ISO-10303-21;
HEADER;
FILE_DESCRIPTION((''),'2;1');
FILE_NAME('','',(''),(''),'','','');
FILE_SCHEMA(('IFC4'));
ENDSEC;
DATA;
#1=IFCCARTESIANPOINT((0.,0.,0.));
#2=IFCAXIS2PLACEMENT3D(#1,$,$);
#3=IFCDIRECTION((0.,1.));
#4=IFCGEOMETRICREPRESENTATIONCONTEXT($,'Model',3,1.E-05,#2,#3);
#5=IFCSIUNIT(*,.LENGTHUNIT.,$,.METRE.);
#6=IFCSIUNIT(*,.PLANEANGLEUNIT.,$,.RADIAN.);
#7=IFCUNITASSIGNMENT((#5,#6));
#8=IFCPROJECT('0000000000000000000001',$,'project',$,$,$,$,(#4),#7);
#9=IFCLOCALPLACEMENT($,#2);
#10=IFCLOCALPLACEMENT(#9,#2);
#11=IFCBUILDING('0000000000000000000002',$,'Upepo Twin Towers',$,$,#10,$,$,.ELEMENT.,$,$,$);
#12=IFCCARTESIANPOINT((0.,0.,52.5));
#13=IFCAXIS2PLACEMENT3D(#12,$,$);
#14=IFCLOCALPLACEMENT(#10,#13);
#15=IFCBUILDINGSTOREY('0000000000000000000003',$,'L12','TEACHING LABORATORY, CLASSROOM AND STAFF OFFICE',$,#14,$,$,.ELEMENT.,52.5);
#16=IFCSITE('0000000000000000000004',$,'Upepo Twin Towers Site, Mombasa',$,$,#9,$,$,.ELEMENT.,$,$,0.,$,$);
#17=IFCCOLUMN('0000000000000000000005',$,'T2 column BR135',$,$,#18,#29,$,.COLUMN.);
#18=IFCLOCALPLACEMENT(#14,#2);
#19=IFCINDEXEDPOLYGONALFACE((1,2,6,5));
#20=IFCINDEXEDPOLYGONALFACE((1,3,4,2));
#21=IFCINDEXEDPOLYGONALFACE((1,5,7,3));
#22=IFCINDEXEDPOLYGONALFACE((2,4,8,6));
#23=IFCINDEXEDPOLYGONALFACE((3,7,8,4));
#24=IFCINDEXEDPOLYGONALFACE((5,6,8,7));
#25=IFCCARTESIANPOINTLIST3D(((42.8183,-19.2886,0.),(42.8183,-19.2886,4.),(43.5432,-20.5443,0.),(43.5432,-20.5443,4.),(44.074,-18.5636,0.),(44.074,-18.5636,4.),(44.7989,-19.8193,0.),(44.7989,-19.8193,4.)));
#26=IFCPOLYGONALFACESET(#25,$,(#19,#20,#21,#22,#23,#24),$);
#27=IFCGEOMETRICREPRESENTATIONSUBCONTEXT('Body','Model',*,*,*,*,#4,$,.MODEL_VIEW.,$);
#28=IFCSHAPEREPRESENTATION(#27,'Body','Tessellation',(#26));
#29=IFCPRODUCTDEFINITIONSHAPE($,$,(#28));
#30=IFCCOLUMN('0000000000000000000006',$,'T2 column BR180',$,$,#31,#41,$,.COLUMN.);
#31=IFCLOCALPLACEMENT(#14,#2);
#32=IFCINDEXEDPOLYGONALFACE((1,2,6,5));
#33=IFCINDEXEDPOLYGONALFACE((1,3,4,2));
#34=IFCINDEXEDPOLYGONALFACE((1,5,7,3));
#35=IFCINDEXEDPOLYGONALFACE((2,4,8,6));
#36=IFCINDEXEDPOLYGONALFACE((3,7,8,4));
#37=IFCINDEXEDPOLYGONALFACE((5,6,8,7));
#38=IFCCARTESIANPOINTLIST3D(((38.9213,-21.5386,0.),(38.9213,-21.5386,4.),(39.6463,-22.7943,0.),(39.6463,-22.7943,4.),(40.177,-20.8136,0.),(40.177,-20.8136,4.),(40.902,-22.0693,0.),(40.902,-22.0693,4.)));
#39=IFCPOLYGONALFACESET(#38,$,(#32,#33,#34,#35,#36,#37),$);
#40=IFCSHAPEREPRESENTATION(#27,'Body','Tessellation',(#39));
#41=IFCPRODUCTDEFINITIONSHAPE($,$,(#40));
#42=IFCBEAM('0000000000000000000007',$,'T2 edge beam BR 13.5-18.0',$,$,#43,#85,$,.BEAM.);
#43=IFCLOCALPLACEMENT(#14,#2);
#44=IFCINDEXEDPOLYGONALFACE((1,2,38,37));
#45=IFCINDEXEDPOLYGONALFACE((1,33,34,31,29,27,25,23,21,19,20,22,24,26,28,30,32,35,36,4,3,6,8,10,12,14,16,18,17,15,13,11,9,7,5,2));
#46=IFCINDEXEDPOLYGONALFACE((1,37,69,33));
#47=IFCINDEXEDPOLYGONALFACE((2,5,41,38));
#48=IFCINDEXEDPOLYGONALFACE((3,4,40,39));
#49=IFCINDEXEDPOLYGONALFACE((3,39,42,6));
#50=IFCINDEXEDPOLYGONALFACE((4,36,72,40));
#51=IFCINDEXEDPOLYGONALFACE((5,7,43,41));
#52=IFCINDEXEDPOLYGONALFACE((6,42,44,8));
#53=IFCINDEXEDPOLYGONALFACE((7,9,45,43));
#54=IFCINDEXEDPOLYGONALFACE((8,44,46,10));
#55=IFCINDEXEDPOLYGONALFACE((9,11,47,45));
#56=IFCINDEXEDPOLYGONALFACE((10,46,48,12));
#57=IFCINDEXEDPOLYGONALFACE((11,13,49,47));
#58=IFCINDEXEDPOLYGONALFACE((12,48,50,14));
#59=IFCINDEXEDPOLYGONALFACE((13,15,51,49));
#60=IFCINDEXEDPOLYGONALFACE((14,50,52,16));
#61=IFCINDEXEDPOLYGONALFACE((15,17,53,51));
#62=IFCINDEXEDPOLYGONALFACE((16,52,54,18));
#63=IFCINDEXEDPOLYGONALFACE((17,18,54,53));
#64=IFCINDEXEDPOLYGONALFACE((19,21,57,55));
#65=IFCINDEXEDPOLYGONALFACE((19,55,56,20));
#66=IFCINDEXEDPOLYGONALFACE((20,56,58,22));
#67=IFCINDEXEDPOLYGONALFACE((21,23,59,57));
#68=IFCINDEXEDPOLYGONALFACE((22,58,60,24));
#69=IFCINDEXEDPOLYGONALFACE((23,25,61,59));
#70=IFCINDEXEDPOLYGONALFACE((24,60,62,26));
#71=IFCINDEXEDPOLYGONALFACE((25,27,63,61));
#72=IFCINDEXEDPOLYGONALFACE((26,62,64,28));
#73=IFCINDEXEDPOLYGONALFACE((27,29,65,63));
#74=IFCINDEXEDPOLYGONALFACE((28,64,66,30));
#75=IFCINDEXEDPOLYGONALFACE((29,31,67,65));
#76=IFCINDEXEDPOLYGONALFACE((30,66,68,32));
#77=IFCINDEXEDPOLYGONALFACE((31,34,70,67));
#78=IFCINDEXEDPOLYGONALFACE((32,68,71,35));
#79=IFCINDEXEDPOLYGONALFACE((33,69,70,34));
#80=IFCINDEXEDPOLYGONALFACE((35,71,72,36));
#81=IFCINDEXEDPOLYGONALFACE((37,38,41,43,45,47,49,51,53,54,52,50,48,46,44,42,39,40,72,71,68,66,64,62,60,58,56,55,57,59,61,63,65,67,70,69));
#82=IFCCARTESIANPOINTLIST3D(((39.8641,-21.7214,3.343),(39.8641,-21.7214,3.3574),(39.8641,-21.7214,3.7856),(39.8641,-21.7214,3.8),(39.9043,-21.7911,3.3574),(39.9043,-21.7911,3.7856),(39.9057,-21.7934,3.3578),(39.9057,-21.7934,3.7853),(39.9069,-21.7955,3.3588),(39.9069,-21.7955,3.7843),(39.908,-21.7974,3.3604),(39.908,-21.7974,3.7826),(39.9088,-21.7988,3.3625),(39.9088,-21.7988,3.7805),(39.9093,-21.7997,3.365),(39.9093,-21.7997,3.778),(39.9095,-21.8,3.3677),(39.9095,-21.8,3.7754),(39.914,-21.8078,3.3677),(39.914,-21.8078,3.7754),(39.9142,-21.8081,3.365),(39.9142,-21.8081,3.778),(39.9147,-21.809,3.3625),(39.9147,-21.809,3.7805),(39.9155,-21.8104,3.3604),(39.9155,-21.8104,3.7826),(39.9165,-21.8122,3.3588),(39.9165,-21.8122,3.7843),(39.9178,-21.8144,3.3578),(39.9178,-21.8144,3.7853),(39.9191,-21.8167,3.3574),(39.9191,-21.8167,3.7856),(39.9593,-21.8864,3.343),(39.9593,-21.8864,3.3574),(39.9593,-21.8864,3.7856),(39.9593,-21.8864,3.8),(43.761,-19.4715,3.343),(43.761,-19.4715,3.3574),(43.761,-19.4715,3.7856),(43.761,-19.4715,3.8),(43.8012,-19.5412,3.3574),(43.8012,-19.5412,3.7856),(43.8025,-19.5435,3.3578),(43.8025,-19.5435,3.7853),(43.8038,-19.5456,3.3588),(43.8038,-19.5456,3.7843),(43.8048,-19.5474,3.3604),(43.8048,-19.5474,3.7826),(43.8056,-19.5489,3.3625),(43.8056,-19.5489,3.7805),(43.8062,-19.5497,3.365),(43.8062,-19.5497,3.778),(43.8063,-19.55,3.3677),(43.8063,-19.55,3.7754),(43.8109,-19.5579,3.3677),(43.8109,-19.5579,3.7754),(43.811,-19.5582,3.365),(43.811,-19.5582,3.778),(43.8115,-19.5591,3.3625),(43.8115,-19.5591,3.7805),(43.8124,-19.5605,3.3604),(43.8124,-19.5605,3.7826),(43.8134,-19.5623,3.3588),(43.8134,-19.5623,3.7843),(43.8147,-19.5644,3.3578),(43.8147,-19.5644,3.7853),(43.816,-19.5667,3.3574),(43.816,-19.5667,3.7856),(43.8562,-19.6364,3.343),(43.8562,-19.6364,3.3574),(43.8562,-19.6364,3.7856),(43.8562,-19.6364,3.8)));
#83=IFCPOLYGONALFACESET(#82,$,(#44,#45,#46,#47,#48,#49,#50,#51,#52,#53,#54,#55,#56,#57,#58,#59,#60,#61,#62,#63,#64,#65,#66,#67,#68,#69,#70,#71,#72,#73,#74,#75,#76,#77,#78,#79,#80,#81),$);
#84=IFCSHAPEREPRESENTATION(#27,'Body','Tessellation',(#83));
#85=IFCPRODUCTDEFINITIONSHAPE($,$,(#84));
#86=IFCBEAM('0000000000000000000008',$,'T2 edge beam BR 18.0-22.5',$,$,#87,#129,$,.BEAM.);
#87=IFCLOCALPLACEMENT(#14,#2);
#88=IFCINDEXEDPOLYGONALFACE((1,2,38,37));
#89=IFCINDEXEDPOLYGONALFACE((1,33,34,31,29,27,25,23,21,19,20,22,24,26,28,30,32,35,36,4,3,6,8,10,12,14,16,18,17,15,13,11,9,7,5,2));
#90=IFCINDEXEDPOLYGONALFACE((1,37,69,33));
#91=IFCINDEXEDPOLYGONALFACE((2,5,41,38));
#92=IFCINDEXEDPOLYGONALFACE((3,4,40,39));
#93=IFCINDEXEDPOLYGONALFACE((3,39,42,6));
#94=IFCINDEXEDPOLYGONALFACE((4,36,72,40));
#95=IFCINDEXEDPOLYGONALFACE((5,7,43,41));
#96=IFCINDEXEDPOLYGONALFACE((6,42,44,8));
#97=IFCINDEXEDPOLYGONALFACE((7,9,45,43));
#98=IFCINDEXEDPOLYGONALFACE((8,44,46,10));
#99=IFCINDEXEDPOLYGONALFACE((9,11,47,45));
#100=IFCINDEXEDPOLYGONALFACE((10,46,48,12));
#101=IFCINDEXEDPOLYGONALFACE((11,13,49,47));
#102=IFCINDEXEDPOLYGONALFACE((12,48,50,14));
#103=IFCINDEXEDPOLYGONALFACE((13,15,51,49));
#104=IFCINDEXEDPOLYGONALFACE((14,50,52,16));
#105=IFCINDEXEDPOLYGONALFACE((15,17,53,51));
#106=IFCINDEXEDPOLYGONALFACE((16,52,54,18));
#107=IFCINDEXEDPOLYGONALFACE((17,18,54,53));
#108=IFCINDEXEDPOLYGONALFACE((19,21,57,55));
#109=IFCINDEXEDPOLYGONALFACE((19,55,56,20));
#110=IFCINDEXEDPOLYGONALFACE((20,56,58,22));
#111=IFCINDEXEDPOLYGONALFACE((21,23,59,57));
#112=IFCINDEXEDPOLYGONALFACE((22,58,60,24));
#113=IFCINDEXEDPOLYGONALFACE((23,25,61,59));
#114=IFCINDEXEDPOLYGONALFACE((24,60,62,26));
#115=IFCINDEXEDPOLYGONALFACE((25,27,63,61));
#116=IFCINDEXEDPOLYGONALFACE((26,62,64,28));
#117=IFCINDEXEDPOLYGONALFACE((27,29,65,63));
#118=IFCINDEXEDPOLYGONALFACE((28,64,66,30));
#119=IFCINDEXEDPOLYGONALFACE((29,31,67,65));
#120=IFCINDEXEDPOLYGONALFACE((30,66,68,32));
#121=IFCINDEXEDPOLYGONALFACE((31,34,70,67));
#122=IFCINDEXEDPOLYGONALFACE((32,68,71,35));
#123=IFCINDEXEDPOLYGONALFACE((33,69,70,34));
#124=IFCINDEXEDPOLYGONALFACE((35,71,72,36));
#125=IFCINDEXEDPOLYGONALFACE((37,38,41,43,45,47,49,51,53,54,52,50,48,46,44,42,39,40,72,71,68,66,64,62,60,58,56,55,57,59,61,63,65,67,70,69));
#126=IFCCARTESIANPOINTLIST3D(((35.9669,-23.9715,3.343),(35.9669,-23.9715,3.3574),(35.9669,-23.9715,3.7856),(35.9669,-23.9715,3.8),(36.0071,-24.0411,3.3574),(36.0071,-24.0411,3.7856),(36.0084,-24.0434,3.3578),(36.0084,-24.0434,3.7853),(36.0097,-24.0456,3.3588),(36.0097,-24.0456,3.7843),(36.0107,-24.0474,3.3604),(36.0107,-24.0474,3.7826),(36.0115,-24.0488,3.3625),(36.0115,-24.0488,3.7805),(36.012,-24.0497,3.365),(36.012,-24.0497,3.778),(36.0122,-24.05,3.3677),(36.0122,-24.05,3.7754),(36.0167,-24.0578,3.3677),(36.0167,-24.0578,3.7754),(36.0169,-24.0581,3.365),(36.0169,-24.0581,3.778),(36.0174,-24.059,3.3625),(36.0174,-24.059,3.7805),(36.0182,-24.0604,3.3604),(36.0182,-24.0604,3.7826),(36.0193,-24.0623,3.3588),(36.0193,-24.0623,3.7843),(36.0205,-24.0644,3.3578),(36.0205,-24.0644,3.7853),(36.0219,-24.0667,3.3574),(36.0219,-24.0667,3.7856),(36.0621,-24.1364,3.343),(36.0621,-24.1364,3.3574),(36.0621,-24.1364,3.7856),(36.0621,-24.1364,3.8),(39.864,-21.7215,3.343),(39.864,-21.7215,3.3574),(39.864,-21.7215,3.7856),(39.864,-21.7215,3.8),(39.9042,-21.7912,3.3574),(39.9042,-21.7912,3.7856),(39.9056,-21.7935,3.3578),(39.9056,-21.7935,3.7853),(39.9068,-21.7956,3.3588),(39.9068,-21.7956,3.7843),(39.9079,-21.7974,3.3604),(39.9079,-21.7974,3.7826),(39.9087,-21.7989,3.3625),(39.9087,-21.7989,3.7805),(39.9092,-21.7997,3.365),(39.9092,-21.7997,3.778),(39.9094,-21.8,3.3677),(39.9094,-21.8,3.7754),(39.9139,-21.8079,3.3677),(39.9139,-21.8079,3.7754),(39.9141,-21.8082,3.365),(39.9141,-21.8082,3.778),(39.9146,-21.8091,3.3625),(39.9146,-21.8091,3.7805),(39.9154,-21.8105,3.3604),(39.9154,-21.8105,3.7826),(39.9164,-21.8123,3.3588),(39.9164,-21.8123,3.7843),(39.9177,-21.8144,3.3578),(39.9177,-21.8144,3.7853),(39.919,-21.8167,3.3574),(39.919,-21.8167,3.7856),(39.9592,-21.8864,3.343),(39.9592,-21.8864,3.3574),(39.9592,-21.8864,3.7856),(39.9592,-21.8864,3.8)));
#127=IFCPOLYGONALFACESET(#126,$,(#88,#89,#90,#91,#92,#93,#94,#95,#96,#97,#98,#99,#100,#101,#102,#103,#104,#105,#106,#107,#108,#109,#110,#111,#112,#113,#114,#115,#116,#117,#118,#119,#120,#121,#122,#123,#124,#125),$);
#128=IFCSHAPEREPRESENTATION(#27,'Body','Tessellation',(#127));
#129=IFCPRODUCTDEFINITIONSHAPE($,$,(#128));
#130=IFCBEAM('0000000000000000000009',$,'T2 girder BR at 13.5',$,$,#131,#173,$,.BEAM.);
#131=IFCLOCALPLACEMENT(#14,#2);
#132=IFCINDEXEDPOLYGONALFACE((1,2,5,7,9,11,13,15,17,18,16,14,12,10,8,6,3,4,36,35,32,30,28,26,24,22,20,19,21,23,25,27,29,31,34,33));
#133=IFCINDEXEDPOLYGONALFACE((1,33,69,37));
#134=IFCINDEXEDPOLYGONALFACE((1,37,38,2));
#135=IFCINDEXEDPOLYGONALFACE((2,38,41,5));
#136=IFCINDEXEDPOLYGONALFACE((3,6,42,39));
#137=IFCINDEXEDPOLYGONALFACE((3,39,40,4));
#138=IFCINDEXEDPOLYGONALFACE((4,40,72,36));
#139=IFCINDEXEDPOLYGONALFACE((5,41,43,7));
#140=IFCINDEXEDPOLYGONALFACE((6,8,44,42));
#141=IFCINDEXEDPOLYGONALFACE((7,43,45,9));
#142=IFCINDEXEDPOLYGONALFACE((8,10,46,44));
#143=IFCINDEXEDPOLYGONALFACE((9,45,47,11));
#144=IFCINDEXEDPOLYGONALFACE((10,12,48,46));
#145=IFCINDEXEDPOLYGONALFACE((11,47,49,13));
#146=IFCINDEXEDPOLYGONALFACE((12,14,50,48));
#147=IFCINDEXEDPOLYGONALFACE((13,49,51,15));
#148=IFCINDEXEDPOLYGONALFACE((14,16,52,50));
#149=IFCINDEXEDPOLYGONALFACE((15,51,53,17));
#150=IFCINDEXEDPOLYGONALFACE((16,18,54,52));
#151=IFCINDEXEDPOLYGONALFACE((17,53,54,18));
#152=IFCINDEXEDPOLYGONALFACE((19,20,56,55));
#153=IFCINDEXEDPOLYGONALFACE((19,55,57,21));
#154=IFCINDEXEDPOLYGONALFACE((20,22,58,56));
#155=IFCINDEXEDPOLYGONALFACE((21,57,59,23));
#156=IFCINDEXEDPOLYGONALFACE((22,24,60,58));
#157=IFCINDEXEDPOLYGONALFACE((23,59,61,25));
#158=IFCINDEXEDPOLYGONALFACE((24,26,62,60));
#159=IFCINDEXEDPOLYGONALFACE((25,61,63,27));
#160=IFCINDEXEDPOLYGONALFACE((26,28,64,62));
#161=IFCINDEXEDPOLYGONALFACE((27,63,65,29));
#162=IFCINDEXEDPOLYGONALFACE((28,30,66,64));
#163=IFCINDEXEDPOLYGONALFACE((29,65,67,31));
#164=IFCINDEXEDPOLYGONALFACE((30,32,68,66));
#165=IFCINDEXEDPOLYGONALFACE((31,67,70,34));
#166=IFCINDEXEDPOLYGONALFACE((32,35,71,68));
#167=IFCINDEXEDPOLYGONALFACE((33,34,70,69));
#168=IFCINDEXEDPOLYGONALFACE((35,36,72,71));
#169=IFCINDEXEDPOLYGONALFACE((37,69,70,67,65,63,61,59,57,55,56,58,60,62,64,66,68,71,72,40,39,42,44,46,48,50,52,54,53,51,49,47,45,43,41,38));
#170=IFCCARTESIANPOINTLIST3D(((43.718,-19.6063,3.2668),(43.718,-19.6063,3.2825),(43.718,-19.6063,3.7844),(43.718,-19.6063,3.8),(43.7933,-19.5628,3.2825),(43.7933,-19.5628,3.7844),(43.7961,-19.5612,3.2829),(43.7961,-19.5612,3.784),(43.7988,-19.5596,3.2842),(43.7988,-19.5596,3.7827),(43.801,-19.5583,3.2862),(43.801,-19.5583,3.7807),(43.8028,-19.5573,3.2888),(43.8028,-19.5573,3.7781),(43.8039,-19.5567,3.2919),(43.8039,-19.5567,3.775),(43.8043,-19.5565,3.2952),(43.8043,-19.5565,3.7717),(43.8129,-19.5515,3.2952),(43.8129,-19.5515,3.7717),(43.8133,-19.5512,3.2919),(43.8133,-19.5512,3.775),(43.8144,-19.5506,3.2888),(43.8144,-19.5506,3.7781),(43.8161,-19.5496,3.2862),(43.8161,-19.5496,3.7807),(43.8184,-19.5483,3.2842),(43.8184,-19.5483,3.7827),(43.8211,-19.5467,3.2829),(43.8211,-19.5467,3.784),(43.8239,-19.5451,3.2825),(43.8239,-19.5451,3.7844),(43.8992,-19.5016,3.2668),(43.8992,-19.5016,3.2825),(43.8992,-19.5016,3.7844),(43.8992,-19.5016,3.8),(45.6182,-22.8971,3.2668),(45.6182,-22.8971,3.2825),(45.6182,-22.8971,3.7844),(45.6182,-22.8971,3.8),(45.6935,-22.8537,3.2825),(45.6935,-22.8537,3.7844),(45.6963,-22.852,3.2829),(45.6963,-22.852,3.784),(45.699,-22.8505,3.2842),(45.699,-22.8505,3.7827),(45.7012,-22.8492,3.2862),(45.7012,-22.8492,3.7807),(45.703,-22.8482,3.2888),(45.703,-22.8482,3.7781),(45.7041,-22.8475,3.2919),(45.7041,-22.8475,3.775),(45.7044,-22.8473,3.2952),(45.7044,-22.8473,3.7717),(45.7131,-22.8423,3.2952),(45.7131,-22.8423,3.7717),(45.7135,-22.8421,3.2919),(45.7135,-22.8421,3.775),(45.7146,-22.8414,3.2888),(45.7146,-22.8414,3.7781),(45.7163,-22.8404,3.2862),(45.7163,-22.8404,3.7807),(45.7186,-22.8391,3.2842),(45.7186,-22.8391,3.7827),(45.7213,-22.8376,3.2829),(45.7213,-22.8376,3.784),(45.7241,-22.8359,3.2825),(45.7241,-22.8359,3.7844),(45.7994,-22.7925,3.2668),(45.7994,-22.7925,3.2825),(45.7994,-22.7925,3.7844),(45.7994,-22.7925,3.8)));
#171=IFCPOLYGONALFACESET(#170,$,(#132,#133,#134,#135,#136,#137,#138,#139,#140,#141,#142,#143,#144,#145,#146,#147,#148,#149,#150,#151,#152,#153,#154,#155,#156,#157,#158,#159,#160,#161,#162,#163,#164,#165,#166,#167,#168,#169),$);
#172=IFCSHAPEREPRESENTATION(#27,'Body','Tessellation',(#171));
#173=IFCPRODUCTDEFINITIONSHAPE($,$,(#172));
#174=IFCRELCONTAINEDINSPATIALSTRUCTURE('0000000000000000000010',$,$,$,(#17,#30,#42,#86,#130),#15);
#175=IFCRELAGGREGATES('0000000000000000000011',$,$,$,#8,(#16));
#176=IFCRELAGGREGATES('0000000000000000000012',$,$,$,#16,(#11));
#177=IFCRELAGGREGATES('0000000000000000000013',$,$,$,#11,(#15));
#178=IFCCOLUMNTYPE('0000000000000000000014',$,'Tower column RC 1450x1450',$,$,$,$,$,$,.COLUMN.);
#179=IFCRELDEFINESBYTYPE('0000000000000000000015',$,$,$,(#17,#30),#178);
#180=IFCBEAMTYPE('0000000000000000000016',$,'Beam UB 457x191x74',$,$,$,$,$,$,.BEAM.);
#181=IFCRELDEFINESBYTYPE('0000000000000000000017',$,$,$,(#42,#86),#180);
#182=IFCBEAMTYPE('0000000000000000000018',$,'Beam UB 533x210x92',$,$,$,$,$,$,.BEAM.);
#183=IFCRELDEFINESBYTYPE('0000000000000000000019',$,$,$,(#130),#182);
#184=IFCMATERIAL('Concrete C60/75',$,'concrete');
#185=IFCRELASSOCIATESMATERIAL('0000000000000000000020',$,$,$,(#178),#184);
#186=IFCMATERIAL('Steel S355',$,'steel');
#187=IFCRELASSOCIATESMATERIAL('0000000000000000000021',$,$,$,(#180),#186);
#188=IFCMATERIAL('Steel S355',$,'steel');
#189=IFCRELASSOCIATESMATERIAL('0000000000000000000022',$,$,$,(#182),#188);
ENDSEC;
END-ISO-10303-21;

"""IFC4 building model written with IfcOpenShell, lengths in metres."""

from ifc_helpers import new_model, si_unit, direction, frame, origin, origin_2d, place, context, subcontext, project, spatial, rectangle, i_section, extrude, material, material_profile, profile_set, type_object, element, save


model = new_model("IFC4")

# Units and contexts
model_context = context("Model", 3, precision=1e-05, world=origin(), true_north=direction((0.0, 1.0)))
body_context = subcontext(model_context, "Body", "Model", "MODEL_VIEW")
ifc_project = project(units=[si_unit("LENGTHUNIT", "METRE"), si_unit("PLANEANGLEUNIT", "RADIAN")], contexts=[model_context])

# Site, building, storey
site_placement = place(None, origin())
site = spatial("IfcSite", under=ifc_project, at=site_placement, Name="Upepo Twin Towers Site, Mombasa", CompositionType="ELEMENT", RefElevation=0.0)
building_placement = place(site_placement, origin())
building = spatial("IfcBuilding", under=site, at=building_placement, Name="Upepo Twin Towers", CompositionType="ELEMENT")
storey_placement = place(building_placement, frame((0.0, 0.0, 52.5)))
storey = spatial("IfcBuildingStorey", under=building, at=storey_placement, Name="L12", Description="TEACHING LABORATORY, CLASSROOM AND STAFF OFFICE", CompositionType="ELEMENT", Elevation=52.5)

# Columns
ifc_material_1 = material(Name="Concrete C60/75", Category="concrete")
ifc_material_profile_1 = material_profile(ifc_material_1, rectangle(XDim=1.45, YDim=1.45, at=origin_2d()), Name="RC 1450x1450")
ifc_profile_set_1 = profile_set([ifc_material_profile_1], Name="Concrete C60/75")
column_type = type_object("IfcColumnType", Name="Tower column RC 1450x1450", PredefinedType="COLUMN", material=ifc_profile_set_1)
for number, where, z_axis, x_axis, name in (
    (1, (43.8086, -19.554, 0.0), (0.0, 0.0, 1.0), (0.866025, 0.5, 0.0), "T2 column BR135"),
    (2, (39.9116, -21.804, 0.0), (0.0, 0.0, 1.0), (0.866025, 0.5, 0.0), "T2 column BR180"),
):
    element("IfcColumn", number, at=place(storey_placement, frame(where, z_axis=z_axis, x_axis=x_axis)), inside=storey, type_object=column_type, Name=name, PredefinedType="COLUMN", context=body_context, shape_type="SweptSolid", body=[
        extrude(rectangle(XDim=1.45, YDim=1.45, at=origin_2d()), origin(), (0.0, 0.0, 1.0), 4.0),
    ])

# Beams
ifc_material_2 = material(Name="Steel S355", Category="steel")
ifc_material_profile_2 = material_profile(ifc_material_2, i_section(OverallWidth=0.1904, OverallDepth=0.457, WebThickness=0.009, FlangeThickness=0.0144, FilletRadius=0.0103, at=origin_2d()), Name="UB 457x191x74")
ifc_profile_set_2 = profile_set([ifc_material_profile_2], Name="Steel S355")
beam_type_1 = type_object("IfcBeamType", Name="Beam UB 457x191x74", PredefinedType="BEAM", material=ifc_profile_set_2)
beam_1_placement = place(storey_placement, frame((43.8086, -19.554, 3.5715), z_axis=(-0.866018, -0.500014, 0.0), x_axis=(0.500014, -0.866018, 0.0)))
element("IfcBeam", 3, at=beam_1_placement, inside=storey, type_object=beam_type_1, Name="T2 edge beam BR 13.5-18.0", PredefinedType="BEAM", context=body_context, shape_type="SweptSolid", body=[
    extrude(i_section(OverallWidth=0.1904, OverallDepth=0.457, WebThickness=0.009, FlangeThickness=0.0144, FilletRadius=0.0103, at=origin_2d()), origin(), (0.0, 0.0, 1.0), 4.4998),
])
beam_2_placement = place(storey_placement, frame((39.9116, -21.804, 3.5715), z_axis=(-0.866031, -0.49999, 0.0), x_axis=(0.49999, -0.866031, 0.0)))
element("IfcBeam", 4, at=beam_2_placement, inside=storey, type_object=beam_type_1, Name="T2 edge beam BR 18.0-22.5", PredefinedType="BEAM", context=body_context, shape_type="SweptSolid", body=[
    extrude(i_section(OverallWidth=0.1904, OverallDepth=0.457, WebThickness=0.009, FlangeThickness=0.0144, FilletRadius=0.0103, at=origin_2d()), origin(), (0.0, 0.0, 1.0), 4.5),
])
ifc_material_3 = material(Name="Steel S355", Category="steel")
ifc_material_profile_3 = material_profile(ifc_material_3, i_section(OverallWidth=0.2092, OverallDepth=0.5332, WebThickness=0.01, FlangeThickness=0.0156, FilletRadius=0.0127, at=origin_2d()), Name="UB 533x210x92")
ifc_profile_set_3 = profile_set([ifc_material_profile_3], Name="Steel S355")
beam_type_2 = type_object("IfcBeamType", Name="Beam UB 533x210x92", PredefinedType="BEAM", material=ifc_profile_set_3)
beam_3_placement = place(storey_placement, frame((43.8086, -19.554, 3.5334), z_axis=(0.500043, -0.866, 0.0), x_axis=(0.866, 0.500043, 0.0)))
element("IfcBeam", 5, at=beam_3_placement, inside=storey, type_object=beam_type_2, Name="T2 girder BR at 13.5", PredefinedType="BEAM", context=body_context, shape_type="SweptSolid", body=[
    extrude(i_section(OverallWidth=0.2092, OverallDepth=0.5332, WebThickness=0.01, FlangeThickness=0.0156, FilletRadius=0.0127, at=origin_2d()), origin(), (0.0, 0.0, 1.0), 3.8),
])

save(model, "model.ifc")
